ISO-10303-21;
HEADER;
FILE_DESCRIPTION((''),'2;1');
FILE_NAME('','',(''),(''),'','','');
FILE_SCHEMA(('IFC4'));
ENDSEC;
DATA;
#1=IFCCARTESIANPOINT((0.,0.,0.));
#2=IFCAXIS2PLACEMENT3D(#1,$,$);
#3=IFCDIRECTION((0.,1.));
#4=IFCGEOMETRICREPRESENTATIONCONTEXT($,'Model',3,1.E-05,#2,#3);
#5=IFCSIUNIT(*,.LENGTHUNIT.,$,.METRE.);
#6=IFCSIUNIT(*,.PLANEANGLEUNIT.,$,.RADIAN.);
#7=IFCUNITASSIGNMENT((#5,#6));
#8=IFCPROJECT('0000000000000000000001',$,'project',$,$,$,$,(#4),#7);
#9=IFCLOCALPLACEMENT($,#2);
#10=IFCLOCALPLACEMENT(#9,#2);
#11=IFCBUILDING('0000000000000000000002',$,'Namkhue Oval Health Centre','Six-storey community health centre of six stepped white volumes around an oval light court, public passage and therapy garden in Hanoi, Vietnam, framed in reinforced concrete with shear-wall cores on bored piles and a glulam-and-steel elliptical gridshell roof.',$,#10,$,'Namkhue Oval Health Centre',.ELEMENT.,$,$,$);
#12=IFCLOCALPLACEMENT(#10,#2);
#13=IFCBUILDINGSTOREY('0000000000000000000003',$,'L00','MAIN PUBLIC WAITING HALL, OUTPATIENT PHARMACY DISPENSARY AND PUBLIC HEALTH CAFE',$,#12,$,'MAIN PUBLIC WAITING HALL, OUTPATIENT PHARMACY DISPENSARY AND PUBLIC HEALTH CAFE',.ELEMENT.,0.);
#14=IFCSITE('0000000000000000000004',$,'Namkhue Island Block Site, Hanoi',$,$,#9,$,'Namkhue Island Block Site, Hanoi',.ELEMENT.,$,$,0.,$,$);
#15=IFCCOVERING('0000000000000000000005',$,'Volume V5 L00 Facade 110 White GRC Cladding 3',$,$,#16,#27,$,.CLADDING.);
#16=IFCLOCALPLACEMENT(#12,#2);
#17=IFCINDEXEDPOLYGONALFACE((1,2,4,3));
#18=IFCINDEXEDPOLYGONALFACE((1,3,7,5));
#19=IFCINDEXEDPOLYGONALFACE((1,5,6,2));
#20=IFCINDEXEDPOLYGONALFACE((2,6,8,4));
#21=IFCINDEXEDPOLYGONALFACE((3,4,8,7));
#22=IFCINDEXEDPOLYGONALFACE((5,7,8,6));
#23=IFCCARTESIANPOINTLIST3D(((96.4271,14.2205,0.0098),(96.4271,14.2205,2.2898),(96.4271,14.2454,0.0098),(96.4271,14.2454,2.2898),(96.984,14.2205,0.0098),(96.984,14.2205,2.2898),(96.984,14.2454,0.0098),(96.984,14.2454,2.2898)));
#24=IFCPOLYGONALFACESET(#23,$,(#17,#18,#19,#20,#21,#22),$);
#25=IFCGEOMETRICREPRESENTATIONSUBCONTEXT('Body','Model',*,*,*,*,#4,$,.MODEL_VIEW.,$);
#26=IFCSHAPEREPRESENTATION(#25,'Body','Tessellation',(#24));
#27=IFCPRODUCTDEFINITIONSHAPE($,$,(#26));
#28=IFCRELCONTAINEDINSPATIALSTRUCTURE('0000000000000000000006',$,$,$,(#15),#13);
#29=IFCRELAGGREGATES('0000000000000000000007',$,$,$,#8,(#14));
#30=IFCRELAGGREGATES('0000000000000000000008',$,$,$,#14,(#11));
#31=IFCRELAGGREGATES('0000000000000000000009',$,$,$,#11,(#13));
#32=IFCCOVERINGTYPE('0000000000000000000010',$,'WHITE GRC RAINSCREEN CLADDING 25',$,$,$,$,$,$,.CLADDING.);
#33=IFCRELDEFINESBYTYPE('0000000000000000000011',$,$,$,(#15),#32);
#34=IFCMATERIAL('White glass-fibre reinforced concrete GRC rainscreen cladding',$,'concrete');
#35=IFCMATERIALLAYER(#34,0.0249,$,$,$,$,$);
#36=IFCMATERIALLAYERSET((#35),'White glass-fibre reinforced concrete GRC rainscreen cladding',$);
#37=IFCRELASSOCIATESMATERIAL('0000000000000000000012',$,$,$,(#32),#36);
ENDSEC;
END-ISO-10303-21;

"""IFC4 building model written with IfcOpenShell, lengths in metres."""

from ifc_helpers import new_model, si_unit, direction, frame, origin, origin_2d, place, context, subcontext, project, spatial, rectangle, extrude, material, layer, layer_set, type_object, element, save


model = new_model("IFC4")

# Units and contexts
model_context = context("Model", 3, precision=1e-05, world=origin(), true_north=direction((0.0, 1.0)))
body_context = subcontext(model_context, "Body", "Model", "MODEL_VIEW")
ifc_project = project(units=[si_unit("LENGTHUNIT", "METRE"), si_unit("PLANEANGLEUNIT", "RADIAN")], contexts=[model_context])

# Site, building, storey
site_placement = place(None, origin())
site = spatial("IfcSite", under=ifc_project, at=site_placement, Name="Namkhue Island Block Site, Hanoi", LongName="Namkhue Island Block Site, Hanoi", CompositionType="ELEMENT", RefElevation=0.0)
building_placement = place(site_placement, origin())
building = spatial("IfcBuilding", under=site, at=building_placement, Name="Namkhue Oval Health Centre", Description="Six-storey community health centre of six stepped white volumes around an oval light court, public passage and therapy garden in Hanoi, Vietnam, framed in reinforced concrete with shear-wall cores on bored piles and a glulam-and-steel elliptical gridshell roof.", LongName="Namkhue Oval Health Centre", CompositionType="ELEMENT")
storey_placement = place(building_placement, origin())
storey = spatial("IfcBuildingStorey", under=building, at=storey_placement, Name="L00", Description="MAIN PUBLIC WAITING HALL, OUTPATIENT PHARMACY DISPENSARY AND PUBLIC HEALTH CAFE", LongName="MAIN PUBLIC WAITING HALL, OUTPATIENT PHARMACY DISPENSARY AND PUBLIC HEALTH CAFE", CompositionType="ELEMENT", Elevation=0.0)

# Covering
ifc_material_1 = material(Name="White glass-fibre reinforced concrete GRC rainscreen cladding", Category="concrete")
ifc_layer_1 = layer(ifc_material_1, 0.0249)
ifc_layer_set_1 = layer_set([ifc_layer_1], Name="White glass-fibre reinforced concrete GRC rainscreen cladding")
covering_type = type_object("IfcCoveringType", Name="WHITE GRC RAINSCREEN CLADDING 25", PredefinedType="CLADDING", material=ifc_layer_set_1)
for number, where, z_axis, x_axis, name in (
    (1, (96.7056, 14.2329, 0.0098), (0.0, 0.0, 1.0), (1.0, 0.0, 0.0), "Volume V5 L00 Facade 110 White GRC Cladding 3"),
):
    element("IfcCovering", number, at=place(storey_placement, frame(where, z_axis=z_axis, x_axis=x_axis)), inside=storey, type_object=covering_type, Name=name, PredefinedType="CLADDING", context=body_context, shape_type="SweptSolid", body=[
        extrude(rectangle(XDim=0.5569, YDim=0.0249, at=origin_2d()), origin(), (0.0, 0.0, 1.0), 2.28),
    ])

save(model, "model.ifc")
